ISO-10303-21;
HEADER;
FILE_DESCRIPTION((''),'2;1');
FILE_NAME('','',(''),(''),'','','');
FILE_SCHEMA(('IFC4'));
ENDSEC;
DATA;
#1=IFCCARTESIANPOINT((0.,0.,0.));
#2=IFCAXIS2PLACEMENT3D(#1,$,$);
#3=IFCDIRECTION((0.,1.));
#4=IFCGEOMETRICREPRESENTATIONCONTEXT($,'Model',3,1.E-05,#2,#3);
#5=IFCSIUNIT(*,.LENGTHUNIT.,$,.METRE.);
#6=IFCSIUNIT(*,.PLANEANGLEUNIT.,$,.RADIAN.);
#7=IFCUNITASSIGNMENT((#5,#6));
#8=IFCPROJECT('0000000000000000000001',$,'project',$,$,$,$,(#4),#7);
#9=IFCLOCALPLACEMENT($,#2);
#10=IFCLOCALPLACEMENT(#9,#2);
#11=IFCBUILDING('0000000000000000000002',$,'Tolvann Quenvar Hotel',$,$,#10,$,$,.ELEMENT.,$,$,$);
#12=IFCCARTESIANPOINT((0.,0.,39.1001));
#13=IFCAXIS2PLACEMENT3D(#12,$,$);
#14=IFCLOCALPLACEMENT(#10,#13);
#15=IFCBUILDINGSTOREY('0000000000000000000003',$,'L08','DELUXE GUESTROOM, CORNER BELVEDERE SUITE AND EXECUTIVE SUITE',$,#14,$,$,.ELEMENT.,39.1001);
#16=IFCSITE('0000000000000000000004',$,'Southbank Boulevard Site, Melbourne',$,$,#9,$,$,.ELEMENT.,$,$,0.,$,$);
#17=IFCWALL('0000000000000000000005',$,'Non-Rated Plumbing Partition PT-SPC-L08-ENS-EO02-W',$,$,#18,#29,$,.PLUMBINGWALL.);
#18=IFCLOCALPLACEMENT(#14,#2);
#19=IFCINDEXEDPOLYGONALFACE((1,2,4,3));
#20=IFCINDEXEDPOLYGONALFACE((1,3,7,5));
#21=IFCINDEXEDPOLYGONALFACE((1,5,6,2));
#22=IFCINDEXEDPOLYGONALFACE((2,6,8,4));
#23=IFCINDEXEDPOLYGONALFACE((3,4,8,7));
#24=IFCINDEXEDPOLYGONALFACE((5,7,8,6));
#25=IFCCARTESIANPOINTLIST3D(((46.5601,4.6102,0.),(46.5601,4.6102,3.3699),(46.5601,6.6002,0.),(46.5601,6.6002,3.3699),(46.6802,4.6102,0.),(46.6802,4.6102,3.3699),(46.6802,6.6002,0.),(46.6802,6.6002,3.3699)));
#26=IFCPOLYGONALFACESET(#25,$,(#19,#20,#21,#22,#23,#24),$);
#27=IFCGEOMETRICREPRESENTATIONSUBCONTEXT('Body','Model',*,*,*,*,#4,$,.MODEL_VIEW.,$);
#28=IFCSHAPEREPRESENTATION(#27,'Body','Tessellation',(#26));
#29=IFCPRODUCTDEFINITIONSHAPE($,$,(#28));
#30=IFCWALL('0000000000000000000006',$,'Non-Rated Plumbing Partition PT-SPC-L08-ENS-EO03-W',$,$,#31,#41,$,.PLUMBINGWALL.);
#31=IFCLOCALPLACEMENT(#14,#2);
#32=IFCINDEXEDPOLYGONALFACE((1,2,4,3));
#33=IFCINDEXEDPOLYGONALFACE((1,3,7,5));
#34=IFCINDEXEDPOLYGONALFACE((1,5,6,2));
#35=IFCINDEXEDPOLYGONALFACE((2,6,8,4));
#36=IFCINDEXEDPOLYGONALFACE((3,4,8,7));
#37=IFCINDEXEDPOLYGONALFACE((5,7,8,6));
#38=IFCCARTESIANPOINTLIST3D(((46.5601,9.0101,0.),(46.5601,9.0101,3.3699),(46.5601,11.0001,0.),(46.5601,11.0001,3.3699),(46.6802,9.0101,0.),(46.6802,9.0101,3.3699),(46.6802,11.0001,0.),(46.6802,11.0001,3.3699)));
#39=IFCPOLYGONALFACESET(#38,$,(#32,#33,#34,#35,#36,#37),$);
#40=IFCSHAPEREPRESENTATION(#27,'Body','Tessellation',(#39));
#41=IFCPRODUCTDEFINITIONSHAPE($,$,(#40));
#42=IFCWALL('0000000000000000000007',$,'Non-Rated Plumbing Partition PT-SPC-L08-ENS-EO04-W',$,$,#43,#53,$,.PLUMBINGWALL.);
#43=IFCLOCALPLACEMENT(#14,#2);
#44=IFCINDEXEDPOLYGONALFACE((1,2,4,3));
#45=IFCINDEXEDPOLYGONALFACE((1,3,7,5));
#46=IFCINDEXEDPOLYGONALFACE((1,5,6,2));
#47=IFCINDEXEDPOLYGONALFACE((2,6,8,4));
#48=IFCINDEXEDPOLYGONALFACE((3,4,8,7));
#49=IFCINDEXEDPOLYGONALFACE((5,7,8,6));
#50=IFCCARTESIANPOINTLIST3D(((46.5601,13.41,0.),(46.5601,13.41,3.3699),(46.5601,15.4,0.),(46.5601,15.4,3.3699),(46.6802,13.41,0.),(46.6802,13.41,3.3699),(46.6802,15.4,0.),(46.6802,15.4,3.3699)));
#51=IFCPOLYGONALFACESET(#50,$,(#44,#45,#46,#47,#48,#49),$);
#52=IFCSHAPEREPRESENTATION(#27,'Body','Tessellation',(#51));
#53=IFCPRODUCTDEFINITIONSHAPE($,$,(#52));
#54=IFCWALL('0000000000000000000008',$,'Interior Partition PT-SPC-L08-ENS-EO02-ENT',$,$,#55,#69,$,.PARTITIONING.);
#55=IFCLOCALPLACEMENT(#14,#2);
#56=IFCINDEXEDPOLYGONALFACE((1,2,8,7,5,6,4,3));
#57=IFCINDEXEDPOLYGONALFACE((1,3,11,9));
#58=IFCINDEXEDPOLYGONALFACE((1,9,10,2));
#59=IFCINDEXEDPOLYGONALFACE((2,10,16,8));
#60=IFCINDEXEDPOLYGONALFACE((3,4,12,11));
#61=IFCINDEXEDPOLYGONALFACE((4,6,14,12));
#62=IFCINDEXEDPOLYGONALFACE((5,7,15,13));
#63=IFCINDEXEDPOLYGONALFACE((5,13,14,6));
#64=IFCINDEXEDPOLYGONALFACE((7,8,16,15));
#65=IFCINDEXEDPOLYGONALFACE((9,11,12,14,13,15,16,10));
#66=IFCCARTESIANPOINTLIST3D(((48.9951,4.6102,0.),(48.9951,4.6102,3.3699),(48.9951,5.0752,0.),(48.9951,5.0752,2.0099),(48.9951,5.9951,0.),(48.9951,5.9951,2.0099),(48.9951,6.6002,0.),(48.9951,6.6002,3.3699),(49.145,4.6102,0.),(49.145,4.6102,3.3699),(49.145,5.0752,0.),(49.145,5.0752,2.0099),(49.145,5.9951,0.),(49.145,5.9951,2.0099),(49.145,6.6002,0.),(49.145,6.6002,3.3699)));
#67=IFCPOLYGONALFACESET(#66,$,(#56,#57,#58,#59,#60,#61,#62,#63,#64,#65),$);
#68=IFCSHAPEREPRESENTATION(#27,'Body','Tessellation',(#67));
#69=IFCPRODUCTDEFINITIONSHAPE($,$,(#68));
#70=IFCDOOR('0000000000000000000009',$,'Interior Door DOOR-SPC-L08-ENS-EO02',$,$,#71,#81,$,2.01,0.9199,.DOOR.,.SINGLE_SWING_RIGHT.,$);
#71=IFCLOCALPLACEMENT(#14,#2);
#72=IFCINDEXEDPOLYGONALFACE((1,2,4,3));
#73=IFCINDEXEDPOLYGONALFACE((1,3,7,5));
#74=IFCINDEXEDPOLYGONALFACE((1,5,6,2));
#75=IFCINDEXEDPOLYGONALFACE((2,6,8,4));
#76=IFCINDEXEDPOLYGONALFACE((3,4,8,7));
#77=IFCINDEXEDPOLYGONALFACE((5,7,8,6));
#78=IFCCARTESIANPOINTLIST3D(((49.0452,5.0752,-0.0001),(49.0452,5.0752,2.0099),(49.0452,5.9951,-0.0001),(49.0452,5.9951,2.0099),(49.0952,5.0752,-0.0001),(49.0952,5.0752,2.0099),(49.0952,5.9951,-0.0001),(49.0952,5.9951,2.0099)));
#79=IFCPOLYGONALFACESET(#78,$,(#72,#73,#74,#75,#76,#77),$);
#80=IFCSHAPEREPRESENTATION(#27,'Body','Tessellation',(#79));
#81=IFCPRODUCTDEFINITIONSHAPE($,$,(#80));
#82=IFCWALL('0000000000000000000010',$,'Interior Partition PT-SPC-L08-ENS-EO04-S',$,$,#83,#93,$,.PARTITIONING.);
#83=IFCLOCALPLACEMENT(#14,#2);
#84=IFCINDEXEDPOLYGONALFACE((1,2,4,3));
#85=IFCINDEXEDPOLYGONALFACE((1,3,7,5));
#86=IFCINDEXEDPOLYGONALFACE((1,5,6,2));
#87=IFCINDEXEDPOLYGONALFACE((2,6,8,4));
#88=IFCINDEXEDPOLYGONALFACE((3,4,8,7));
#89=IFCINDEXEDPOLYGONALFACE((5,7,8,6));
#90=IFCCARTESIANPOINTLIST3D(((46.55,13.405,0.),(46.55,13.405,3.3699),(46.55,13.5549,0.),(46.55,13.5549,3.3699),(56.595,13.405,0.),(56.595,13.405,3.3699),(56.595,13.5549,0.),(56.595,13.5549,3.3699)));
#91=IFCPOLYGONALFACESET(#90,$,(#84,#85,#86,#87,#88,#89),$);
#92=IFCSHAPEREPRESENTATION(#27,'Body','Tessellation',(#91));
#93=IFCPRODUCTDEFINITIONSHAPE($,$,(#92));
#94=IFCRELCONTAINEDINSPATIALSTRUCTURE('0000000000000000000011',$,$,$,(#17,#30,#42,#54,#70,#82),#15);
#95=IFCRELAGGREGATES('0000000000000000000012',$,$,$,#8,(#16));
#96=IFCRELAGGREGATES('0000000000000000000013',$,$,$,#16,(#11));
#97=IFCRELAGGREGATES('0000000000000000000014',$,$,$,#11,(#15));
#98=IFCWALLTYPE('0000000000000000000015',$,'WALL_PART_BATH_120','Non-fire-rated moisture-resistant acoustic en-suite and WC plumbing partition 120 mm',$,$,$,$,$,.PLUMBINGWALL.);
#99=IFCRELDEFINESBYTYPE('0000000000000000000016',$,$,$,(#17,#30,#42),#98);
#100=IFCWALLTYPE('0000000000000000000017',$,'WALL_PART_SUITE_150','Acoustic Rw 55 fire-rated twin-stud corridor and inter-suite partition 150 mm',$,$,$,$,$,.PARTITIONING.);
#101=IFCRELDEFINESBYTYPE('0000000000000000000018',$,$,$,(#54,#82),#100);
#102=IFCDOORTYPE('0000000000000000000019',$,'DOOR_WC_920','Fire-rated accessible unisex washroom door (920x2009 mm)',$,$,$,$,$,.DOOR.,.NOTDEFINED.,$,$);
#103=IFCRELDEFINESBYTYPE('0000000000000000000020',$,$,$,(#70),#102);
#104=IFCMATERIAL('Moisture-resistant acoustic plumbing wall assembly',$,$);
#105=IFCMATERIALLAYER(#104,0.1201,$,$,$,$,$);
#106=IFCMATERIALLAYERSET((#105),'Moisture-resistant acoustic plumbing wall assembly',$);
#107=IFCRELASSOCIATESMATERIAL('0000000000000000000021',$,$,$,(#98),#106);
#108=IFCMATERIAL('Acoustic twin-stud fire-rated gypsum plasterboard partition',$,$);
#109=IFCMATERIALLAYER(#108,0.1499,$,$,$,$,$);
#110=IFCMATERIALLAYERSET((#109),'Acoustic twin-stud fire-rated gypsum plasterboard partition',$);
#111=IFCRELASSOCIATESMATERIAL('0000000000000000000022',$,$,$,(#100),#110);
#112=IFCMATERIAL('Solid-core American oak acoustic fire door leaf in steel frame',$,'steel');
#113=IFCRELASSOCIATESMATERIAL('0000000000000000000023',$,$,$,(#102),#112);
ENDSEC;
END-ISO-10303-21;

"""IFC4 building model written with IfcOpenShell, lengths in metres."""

from ifc_helpers import new_model, si_unit, direction, frame, frame_2d, origin, place, context, subcontext, project, spatial, rectangle, extrude, source, transform, mapped, material, layer, layer_set, type_object, type_shapes, element, fill, save


model = new_model("IFC4")

# Units and contexts
model_context = context("Model", 3, precision=1e-05, world=origin(), true_north=direction((0.0, 1.0)))
body_context = subcontext(model_context, "Body", "Model", "MODEL_VIEW")
ifc_project = project(units=[si_unit("LENGTHUNIT", "METRE"), si_unit("PLANEANGLEUNIT", "RADIAN")], contexts=[model_context])

# Site, building, storey
site_placement = place(None, origin())
site = spatial("IfcSite", under=ifc_project, at=site_placement, Name="Southbank Boulevard Site, Melbourne", CompositionType="ELEMENT", RefElevation=0.0)
building_placement = place(site_placement, origin())
building = spatial("IfcBuilding", under=site, at=building_placement, Name="Tolvann Quenvar Hotel", CompositionType="ELEMENT")
storey_placement = place(building_placement, frame((0.0, 0.0, 39.1001)))
storey = spatial("IfcBuildingStorey", under=building, at=storey_placement, Name="L08", Description="DELUXE GUESTROOM, CORNER BELVEDERE SUITE AND EXECUTIVE SUITE", CompositionType="ELEMENT", Elevation=39.1001)

# Walls
ifc_material_1 = material(Name="Moisture-resistant acoustic plumbing wall assembly")
ifc_layer_1 = layer(ifc_material_1, 0.1201)
ifc_layer_set_1 = layer_set([ifc_layer_1], Name="Moisture-resistant acoustic plumbing wall assembly")
wall_type_1 = type_object("IfcWallType", Name="WALL_PART_BATH_120", Description="Non-fire-rated moisture-resistant acoustic en-suite and WC plumbing partition 120 mm", PredefinedType="PLUMBINGWALL", material=ifc_layer_set_1)
for number, where, z_axis, x_axis, name in (
    (1, (46.6201, 4.6101, 0.0), (0.0, 0.0, 1.0), (0.0, 1.0, 0.0), "Non-Rated Plumbing Partition PT-SPC-L08-ENS-EO02-W"),
    (2, (46.6201, 9.01, 0.0), (0.0, 0.0, 1.0), (0.0, 1.0, 0.0), "Non-Rated Plumbing Partition PT-SPC-L08-ENS-EO03-W"),
    (3, (46.6201, 13.4099, 0.0), (0.0, 0.0, 1.0), (0.0, 1.0, 0.0), "Non-Rated Plumbing Partition PT-SPC-L08-ENS-EO04-W"),
):
    element("IfcWall", number, at=place(storey_placement, frame(where, z_axis=z_axis, x_axis=x_axis)), inside=storey, type_object=wall_type_1, Name=name, PredefinedType="PLUMBINGWALL", context=body_context, shape_type="SweptSolid", body=[
        extrude(rectangle(XDim=1.99, YDim=0.1201, at=frame_2d((0.9951, 0.0))), origin(), (0.0, 0.0, 1.0), 3.3699),
    ])

# Wall, opening, door
ifc_material_2 = material(Name="Acoustic twin-stud fire-rated gypsum plasterboard partition")
ifc_layer_2 = layer(ifc_material_2, 0.1499)
ifc_layer_set_2 = layer_set([ifc_layer_2], Name="Acoustic twin-stud fire-rated gypsum plasterboard partition")
wall_type_2 = type_object("IfcWallType", Name="WALL_PART_SUITE_150", Description="Acoustic Rw 55 fire-rated twin-stud corridor and inter-suite partition 150 mm", PredefinedType="PARTITIONING", material=ifc_layer_set_2)
wall_1_placement = place(storey_placement, frame((49.0701, 4.6101, 0.0), z_axis=(0.0, 0.0, 1.0), x_axis=(0.0, 1.0, 0.0)))
wall_1 = element("IfcWall", 4, at=wall_1_placement, inside=storey, type_object=wall_type_2, Name="Interior Partition PT-SPC-L08-ENS-EO02-ENT", PredefinedType="PARTITIONING", context=body_context, shape_type="SweptSolid", body=[
    extrude(rectangle(XDim=1.99, YDim=0.1499, at=frame_2d((0.9951, 0.0))), origin(), (0.0, 0.0, 1.0), 3.3699),
])
opening_1_placement = place(wall_1_placement, frame((0.4651, 0.0, 0.0)))
opening_1 = element("IfcOpeningElement", 5, at=opening_1_placement, cuts=wall_1, PredefinedType="OPENING", context=body_context, shape_type="SweptSolid", body=[
    extrude(rectangle(XDim=0.9199, YDim=2.01, at=frame_2d((0.46, 1.0049))), frame((0.0, 0.085, 0.0), z_axis=(0.0, -1.0, 0.0), x_axis=(1.0, 0.0, 0.0)), (0.0, 0.0, 1.0), 0.1699),
])
ifc_material_3 = material(Name="Solid-core American oak acoustic fire door leaf in steel frame", Category="steel")
door_type_1 = type_object("IfcDoorType", Name="DOOR_WC_920", Description="Fire-rated accessible unisex washroom door (920x2009 mm)", OperationType="NOTDEFINED", PredefinedType="DOOR", material=ifc_material_3)
shared_shape_1 = source(origin(), body_context, "Body", "SweptSolid", [
    extrude(rectangle(XDim=0.9199, YDim=2.01, at=frame_2d((0.46, 1.0049))), frame((0.0, 0.0249, 0.0), z_axis=(0.0, -1.0, 0.0), x_axis=(1.0, 0.0, 0.0)), (0.0, 0.0, 1.0), 0.05),
])
type_shapes(door_type_1, [shared_shape_1])
door_1_placement = place(opening_1_placement, origin())
door_1 = element("IfcDoor", 6, at=door_1_placement, inside=storey, type_object=door_type_1, Name="Interior Door DOOR-SPC-L08-ENS-EO02", OperationType="SINGLE_SWING_RIGHT", OverallHeight=2.01, OverallWidth=0.9199, PredefinedType="DOOR", context=body_context, shape_type="MappedRepresentation", body=[
    mapped(shared_shape_1, transform((0.0, 0.0, 0.0), x_axis=(1.0, 0.0, 0.0), y_axis=(0.0, 1.0, 0.0), z_axis=(0.0, 0.0, 1.0), scale=1.0)),
])
fill(opening_1, door_1)

# Wall
wall_2_placement = place(storey_placement, frame((46.55, 13.48, 0.0), z_axis=(0.0, 0.0, 1.0), x_axis=(1.0, 0.0, 0.0)))
element("IfcWall", 7, at=wall_2_placement, inside=storey, type_object=wall_type_2, Name="Interior Partition PT-SPC-L08-ENS-EO04-S", PredefinedType="PARTITIONING", context=body_context, shape_type="SweptSolid", body=[
    extrude(rectangle(XDim=10.0449, YDim=0.1499, at=frame_2d((5.0225, 0.0))), origin(), (0.0, 0.0, 1.0), 3.3699),
])

save(model, "model.ifc")
